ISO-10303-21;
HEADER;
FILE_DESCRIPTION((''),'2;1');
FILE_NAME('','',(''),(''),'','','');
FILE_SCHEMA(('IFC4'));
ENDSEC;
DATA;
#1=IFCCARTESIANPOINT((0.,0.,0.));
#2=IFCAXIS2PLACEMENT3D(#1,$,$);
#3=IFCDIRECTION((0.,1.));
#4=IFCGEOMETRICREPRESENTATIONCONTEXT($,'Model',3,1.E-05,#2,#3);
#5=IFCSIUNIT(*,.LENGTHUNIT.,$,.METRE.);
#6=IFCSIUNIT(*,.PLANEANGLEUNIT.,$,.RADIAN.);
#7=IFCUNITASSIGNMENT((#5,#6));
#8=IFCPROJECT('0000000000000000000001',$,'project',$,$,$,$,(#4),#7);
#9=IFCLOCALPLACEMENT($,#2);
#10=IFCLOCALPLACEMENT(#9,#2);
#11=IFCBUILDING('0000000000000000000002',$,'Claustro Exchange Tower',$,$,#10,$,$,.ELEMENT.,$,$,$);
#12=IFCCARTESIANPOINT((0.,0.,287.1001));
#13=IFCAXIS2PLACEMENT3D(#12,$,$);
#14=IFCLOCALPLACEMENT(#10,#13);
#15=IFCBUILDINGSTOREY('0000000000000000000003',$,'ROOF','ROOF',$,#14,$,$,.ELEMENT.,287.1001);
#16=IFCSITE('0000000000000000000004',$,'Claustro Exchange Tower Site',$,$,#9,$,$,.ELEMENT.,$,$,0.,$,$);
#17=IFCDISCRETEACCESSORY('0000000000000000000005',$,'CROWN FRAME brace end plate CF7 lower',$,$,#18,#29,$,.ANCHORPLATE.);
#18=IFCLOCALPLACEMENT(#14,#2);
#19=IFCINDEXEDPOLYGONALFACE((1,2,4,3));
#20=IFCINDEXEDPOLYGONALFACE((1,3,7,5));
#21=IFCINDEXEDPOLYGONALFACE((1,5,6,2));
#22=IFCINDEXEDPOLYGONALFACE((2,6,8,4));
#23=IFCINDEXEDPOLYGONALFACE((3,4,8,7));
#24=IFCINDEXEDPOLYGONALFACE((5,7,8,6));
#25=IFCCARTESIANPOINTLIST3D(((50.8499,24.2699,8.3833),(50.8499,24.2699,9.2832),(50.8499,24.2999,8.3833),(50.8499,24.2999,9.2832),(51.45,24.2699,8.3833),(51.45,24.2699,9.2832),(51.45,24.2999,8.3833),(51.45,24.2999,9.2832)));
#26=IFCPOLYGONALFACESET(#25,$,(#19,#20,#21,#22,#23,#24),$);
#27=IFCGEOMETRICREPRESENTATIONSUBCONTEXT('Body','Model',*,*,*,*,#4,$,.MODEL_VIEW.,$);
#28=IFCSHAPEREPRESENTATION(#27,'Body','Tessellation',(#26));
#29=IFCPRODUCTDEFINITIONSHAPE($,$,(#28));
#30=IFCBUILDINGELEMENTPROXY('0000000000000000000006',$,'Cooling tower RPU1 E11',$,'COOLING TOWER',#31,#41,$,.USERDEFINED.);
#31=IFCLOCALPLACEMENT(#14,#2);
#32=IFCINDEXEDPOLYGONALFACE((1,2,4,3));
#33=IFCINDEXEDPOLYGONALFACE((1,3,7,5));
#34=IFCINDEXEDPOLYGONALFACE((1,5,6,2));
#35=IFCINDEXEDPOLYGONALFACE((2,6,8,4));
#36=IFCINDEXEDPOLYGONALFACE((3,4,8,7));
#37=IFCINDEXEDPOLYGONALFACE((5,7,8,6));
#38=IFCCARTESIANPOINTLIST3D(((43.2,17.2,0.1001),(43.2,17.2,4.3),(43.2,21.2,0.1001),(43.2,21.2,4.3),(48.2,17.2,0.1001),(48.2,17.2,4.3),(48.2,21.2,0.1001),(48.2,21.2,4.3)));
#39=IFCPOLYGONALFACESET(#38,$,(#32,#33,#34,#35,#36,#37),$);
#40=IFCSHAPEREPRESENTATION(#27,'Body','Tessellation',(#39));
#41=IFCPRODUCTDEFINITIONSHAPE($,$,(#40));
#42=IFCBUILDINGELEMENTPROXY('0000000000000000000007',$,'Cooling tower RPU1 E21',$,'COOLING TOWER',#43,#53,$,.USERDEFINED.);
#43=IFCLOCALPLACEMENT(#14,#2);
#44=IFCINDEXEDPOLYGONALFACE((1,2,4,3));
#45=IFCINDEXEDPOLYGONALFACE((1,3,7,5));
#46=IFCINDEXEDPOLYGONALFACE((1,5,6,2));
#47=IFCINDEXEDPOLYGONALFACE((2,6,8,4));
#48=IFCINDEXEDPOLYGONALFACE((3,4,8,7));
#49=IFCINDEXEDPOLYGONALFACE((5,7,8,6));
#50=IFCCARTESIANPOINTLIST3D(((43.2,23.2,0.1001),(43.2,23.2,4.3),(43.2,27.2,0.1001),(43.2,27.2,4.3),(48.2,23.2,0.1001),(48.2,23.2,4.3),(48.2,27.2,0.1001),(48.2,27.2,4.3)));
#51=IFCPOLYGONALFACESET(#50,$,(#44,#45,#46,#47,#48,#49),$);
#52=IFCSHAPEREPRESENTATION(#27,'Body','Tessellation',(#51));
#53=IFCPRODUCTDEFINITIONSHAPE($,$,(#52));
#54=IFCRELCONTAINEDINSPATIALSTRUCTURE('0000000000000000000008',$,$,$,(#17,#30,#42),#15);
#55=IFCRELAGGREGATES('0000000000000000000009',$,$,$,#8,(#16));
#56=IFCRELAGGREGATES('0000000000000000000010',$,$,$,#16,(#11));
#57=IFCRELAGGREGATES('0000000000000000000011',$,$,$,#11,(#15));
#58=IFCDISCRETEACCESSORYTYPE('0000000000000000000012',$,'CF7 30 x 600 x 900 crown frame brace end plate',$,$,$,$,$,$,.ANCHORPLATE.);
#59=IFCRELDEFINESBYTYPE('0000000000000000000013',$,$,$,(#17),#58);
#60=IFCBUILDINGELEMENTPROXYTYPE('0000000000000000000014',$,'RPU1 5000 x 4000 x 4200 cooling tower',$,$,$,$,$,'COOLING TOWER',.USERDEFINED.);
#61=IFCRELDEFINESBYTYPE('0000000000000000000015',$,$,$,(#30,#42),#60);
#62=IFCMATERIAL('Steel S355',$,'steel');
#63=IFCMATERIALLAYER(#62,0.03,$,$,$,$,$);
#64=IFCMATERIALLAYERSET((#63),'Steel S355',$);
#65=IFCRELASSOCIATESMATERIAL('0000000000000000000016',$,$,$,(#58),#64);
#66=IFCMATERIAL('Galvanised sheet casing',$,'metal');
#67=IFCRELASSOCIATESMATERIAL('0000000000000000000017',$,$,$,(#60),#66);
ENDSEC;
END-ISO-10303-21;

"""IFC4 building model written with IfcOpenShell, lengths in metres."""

from ifc_helpers import new_model, si_unit, direction, frame, origin, origin_2d, place, context, subcontext, project, spatial, rectangle, extrude, material, layer, layer_set, type_object, element, save


model = new_model("IFC4")

# Units and contexts
model_context = context("Model", 3, precision=1e-05, world=origin(), true_north=direction((0.0, 1.0)))
body_context = subcontext(model_context, "Body", "Model", "MODEL_VIEW")
ifc_project = project(units=[si_unit("LENGTHUNIT", "METRE"), si_unit("PLANEANGLEUNIT", "RADIAN")], contexts=[model_context])

# Site, building, storey
site_placement = place(None, origin())
site = spatial("IfcSite", under=ifc_project, at=site_placement, Name="Claustro Exchange Tower Site", CompositionType="ELEMENT", RefElevation=0.0)
building_placement = place(site_placement, origin())
building = spatial("IfcBuilding", under=site, at=building_placement, Name="Claustro Exchange Tower", CompositionType="ELEMENT")
storey_placement = place(building_placement, frame((0.0, 0.0, 287.1001)))
storey = spatial("IfcBuildingStorey", under=building, at=storey_placement, Name="ROOF", Description="ROOF", CompositionType="ELEMENT", Elevation=287.1001)

# Discrete accessory
ifc_material_1 = material(Name="Steel S355", Category="steel")
ifc_layer_1 = layer(ifc_material_1, 0.03)
ifc_layer_set_1 = layer_set([ifc_layer_1], Name="Steel S355")
discrete_accessory_type = type_object("IfcDiscreteAccessoryType", Name="CF7 30 x 600 x 900 crown frame brace end plate", PredefinedType="ANCHORPLATE", material=ifc_layer_set_1)
discrete_accessory_placement = place(storey_placement, frame((51.1499, 24.2849, 8.3833), z_axis=(0.0, 0.0, 1.0), x_axis=(0.0, 1.0, 0.0)))
element("IfcDiscreteAccessory", 1, at=discrete_accessory_placement, inside=storey, type_object=discrete_accessory_type, Name="CROWN FRAME brace end plate CF7 lower", PredefinedType="ANCHORPLATE", context=body_context, shape_type="SweptSolid", body=[
    extrude(rectangle(XDim=0.03, YDim=0.6001, at=origin_2d()), origin(), (0.0, 0.0, 1.0), 0.8999),
])

# Building element proxies
ifc_material_2 = material(Name="Galvanised sheet casing", Category="metal")
building_element_proxy_type = type_object("IfcBuildingElementProxyType", Name="RPU1 5000 x 4000 x 4200 cooling tower", ElementType="COOLING TOWER", PredefinedType="USERDEFINED", material=ifc_material_2)
for number, where, z_axis, x_axis, name in (
    (2, (45.7, 19.2, 0.1001), (0.0, 0.0, 1.0), (1.0, 0.0, 0.0), "Cooling tower RPU1 E11"),
    (3, (45.7, 25.2, 0.1001), (0.0, 0.0, 1.0), (1.0, 0.0, 0.0), "Cooling tower RPU1 E21"),
):
    element("IfcBuildingElementProxy", number, at=place(storey_placement, frame(where, z_axis=z_axis, x_axis=x_axis)), inside=storey, type_object=building_element_proxy_type, Name=name, ObjectType="COOLING TOWER", PredefinedType="USERDEFINED", context=body_context, shape_type="SweptSolid", body=[
        extrude(rectangle(XDim=5.0, YDim=4.0, at=origin_2d()), origin(), (0.0, 0.0, 1.0), 4.2),
    ])

save(model, "model.ifc")
